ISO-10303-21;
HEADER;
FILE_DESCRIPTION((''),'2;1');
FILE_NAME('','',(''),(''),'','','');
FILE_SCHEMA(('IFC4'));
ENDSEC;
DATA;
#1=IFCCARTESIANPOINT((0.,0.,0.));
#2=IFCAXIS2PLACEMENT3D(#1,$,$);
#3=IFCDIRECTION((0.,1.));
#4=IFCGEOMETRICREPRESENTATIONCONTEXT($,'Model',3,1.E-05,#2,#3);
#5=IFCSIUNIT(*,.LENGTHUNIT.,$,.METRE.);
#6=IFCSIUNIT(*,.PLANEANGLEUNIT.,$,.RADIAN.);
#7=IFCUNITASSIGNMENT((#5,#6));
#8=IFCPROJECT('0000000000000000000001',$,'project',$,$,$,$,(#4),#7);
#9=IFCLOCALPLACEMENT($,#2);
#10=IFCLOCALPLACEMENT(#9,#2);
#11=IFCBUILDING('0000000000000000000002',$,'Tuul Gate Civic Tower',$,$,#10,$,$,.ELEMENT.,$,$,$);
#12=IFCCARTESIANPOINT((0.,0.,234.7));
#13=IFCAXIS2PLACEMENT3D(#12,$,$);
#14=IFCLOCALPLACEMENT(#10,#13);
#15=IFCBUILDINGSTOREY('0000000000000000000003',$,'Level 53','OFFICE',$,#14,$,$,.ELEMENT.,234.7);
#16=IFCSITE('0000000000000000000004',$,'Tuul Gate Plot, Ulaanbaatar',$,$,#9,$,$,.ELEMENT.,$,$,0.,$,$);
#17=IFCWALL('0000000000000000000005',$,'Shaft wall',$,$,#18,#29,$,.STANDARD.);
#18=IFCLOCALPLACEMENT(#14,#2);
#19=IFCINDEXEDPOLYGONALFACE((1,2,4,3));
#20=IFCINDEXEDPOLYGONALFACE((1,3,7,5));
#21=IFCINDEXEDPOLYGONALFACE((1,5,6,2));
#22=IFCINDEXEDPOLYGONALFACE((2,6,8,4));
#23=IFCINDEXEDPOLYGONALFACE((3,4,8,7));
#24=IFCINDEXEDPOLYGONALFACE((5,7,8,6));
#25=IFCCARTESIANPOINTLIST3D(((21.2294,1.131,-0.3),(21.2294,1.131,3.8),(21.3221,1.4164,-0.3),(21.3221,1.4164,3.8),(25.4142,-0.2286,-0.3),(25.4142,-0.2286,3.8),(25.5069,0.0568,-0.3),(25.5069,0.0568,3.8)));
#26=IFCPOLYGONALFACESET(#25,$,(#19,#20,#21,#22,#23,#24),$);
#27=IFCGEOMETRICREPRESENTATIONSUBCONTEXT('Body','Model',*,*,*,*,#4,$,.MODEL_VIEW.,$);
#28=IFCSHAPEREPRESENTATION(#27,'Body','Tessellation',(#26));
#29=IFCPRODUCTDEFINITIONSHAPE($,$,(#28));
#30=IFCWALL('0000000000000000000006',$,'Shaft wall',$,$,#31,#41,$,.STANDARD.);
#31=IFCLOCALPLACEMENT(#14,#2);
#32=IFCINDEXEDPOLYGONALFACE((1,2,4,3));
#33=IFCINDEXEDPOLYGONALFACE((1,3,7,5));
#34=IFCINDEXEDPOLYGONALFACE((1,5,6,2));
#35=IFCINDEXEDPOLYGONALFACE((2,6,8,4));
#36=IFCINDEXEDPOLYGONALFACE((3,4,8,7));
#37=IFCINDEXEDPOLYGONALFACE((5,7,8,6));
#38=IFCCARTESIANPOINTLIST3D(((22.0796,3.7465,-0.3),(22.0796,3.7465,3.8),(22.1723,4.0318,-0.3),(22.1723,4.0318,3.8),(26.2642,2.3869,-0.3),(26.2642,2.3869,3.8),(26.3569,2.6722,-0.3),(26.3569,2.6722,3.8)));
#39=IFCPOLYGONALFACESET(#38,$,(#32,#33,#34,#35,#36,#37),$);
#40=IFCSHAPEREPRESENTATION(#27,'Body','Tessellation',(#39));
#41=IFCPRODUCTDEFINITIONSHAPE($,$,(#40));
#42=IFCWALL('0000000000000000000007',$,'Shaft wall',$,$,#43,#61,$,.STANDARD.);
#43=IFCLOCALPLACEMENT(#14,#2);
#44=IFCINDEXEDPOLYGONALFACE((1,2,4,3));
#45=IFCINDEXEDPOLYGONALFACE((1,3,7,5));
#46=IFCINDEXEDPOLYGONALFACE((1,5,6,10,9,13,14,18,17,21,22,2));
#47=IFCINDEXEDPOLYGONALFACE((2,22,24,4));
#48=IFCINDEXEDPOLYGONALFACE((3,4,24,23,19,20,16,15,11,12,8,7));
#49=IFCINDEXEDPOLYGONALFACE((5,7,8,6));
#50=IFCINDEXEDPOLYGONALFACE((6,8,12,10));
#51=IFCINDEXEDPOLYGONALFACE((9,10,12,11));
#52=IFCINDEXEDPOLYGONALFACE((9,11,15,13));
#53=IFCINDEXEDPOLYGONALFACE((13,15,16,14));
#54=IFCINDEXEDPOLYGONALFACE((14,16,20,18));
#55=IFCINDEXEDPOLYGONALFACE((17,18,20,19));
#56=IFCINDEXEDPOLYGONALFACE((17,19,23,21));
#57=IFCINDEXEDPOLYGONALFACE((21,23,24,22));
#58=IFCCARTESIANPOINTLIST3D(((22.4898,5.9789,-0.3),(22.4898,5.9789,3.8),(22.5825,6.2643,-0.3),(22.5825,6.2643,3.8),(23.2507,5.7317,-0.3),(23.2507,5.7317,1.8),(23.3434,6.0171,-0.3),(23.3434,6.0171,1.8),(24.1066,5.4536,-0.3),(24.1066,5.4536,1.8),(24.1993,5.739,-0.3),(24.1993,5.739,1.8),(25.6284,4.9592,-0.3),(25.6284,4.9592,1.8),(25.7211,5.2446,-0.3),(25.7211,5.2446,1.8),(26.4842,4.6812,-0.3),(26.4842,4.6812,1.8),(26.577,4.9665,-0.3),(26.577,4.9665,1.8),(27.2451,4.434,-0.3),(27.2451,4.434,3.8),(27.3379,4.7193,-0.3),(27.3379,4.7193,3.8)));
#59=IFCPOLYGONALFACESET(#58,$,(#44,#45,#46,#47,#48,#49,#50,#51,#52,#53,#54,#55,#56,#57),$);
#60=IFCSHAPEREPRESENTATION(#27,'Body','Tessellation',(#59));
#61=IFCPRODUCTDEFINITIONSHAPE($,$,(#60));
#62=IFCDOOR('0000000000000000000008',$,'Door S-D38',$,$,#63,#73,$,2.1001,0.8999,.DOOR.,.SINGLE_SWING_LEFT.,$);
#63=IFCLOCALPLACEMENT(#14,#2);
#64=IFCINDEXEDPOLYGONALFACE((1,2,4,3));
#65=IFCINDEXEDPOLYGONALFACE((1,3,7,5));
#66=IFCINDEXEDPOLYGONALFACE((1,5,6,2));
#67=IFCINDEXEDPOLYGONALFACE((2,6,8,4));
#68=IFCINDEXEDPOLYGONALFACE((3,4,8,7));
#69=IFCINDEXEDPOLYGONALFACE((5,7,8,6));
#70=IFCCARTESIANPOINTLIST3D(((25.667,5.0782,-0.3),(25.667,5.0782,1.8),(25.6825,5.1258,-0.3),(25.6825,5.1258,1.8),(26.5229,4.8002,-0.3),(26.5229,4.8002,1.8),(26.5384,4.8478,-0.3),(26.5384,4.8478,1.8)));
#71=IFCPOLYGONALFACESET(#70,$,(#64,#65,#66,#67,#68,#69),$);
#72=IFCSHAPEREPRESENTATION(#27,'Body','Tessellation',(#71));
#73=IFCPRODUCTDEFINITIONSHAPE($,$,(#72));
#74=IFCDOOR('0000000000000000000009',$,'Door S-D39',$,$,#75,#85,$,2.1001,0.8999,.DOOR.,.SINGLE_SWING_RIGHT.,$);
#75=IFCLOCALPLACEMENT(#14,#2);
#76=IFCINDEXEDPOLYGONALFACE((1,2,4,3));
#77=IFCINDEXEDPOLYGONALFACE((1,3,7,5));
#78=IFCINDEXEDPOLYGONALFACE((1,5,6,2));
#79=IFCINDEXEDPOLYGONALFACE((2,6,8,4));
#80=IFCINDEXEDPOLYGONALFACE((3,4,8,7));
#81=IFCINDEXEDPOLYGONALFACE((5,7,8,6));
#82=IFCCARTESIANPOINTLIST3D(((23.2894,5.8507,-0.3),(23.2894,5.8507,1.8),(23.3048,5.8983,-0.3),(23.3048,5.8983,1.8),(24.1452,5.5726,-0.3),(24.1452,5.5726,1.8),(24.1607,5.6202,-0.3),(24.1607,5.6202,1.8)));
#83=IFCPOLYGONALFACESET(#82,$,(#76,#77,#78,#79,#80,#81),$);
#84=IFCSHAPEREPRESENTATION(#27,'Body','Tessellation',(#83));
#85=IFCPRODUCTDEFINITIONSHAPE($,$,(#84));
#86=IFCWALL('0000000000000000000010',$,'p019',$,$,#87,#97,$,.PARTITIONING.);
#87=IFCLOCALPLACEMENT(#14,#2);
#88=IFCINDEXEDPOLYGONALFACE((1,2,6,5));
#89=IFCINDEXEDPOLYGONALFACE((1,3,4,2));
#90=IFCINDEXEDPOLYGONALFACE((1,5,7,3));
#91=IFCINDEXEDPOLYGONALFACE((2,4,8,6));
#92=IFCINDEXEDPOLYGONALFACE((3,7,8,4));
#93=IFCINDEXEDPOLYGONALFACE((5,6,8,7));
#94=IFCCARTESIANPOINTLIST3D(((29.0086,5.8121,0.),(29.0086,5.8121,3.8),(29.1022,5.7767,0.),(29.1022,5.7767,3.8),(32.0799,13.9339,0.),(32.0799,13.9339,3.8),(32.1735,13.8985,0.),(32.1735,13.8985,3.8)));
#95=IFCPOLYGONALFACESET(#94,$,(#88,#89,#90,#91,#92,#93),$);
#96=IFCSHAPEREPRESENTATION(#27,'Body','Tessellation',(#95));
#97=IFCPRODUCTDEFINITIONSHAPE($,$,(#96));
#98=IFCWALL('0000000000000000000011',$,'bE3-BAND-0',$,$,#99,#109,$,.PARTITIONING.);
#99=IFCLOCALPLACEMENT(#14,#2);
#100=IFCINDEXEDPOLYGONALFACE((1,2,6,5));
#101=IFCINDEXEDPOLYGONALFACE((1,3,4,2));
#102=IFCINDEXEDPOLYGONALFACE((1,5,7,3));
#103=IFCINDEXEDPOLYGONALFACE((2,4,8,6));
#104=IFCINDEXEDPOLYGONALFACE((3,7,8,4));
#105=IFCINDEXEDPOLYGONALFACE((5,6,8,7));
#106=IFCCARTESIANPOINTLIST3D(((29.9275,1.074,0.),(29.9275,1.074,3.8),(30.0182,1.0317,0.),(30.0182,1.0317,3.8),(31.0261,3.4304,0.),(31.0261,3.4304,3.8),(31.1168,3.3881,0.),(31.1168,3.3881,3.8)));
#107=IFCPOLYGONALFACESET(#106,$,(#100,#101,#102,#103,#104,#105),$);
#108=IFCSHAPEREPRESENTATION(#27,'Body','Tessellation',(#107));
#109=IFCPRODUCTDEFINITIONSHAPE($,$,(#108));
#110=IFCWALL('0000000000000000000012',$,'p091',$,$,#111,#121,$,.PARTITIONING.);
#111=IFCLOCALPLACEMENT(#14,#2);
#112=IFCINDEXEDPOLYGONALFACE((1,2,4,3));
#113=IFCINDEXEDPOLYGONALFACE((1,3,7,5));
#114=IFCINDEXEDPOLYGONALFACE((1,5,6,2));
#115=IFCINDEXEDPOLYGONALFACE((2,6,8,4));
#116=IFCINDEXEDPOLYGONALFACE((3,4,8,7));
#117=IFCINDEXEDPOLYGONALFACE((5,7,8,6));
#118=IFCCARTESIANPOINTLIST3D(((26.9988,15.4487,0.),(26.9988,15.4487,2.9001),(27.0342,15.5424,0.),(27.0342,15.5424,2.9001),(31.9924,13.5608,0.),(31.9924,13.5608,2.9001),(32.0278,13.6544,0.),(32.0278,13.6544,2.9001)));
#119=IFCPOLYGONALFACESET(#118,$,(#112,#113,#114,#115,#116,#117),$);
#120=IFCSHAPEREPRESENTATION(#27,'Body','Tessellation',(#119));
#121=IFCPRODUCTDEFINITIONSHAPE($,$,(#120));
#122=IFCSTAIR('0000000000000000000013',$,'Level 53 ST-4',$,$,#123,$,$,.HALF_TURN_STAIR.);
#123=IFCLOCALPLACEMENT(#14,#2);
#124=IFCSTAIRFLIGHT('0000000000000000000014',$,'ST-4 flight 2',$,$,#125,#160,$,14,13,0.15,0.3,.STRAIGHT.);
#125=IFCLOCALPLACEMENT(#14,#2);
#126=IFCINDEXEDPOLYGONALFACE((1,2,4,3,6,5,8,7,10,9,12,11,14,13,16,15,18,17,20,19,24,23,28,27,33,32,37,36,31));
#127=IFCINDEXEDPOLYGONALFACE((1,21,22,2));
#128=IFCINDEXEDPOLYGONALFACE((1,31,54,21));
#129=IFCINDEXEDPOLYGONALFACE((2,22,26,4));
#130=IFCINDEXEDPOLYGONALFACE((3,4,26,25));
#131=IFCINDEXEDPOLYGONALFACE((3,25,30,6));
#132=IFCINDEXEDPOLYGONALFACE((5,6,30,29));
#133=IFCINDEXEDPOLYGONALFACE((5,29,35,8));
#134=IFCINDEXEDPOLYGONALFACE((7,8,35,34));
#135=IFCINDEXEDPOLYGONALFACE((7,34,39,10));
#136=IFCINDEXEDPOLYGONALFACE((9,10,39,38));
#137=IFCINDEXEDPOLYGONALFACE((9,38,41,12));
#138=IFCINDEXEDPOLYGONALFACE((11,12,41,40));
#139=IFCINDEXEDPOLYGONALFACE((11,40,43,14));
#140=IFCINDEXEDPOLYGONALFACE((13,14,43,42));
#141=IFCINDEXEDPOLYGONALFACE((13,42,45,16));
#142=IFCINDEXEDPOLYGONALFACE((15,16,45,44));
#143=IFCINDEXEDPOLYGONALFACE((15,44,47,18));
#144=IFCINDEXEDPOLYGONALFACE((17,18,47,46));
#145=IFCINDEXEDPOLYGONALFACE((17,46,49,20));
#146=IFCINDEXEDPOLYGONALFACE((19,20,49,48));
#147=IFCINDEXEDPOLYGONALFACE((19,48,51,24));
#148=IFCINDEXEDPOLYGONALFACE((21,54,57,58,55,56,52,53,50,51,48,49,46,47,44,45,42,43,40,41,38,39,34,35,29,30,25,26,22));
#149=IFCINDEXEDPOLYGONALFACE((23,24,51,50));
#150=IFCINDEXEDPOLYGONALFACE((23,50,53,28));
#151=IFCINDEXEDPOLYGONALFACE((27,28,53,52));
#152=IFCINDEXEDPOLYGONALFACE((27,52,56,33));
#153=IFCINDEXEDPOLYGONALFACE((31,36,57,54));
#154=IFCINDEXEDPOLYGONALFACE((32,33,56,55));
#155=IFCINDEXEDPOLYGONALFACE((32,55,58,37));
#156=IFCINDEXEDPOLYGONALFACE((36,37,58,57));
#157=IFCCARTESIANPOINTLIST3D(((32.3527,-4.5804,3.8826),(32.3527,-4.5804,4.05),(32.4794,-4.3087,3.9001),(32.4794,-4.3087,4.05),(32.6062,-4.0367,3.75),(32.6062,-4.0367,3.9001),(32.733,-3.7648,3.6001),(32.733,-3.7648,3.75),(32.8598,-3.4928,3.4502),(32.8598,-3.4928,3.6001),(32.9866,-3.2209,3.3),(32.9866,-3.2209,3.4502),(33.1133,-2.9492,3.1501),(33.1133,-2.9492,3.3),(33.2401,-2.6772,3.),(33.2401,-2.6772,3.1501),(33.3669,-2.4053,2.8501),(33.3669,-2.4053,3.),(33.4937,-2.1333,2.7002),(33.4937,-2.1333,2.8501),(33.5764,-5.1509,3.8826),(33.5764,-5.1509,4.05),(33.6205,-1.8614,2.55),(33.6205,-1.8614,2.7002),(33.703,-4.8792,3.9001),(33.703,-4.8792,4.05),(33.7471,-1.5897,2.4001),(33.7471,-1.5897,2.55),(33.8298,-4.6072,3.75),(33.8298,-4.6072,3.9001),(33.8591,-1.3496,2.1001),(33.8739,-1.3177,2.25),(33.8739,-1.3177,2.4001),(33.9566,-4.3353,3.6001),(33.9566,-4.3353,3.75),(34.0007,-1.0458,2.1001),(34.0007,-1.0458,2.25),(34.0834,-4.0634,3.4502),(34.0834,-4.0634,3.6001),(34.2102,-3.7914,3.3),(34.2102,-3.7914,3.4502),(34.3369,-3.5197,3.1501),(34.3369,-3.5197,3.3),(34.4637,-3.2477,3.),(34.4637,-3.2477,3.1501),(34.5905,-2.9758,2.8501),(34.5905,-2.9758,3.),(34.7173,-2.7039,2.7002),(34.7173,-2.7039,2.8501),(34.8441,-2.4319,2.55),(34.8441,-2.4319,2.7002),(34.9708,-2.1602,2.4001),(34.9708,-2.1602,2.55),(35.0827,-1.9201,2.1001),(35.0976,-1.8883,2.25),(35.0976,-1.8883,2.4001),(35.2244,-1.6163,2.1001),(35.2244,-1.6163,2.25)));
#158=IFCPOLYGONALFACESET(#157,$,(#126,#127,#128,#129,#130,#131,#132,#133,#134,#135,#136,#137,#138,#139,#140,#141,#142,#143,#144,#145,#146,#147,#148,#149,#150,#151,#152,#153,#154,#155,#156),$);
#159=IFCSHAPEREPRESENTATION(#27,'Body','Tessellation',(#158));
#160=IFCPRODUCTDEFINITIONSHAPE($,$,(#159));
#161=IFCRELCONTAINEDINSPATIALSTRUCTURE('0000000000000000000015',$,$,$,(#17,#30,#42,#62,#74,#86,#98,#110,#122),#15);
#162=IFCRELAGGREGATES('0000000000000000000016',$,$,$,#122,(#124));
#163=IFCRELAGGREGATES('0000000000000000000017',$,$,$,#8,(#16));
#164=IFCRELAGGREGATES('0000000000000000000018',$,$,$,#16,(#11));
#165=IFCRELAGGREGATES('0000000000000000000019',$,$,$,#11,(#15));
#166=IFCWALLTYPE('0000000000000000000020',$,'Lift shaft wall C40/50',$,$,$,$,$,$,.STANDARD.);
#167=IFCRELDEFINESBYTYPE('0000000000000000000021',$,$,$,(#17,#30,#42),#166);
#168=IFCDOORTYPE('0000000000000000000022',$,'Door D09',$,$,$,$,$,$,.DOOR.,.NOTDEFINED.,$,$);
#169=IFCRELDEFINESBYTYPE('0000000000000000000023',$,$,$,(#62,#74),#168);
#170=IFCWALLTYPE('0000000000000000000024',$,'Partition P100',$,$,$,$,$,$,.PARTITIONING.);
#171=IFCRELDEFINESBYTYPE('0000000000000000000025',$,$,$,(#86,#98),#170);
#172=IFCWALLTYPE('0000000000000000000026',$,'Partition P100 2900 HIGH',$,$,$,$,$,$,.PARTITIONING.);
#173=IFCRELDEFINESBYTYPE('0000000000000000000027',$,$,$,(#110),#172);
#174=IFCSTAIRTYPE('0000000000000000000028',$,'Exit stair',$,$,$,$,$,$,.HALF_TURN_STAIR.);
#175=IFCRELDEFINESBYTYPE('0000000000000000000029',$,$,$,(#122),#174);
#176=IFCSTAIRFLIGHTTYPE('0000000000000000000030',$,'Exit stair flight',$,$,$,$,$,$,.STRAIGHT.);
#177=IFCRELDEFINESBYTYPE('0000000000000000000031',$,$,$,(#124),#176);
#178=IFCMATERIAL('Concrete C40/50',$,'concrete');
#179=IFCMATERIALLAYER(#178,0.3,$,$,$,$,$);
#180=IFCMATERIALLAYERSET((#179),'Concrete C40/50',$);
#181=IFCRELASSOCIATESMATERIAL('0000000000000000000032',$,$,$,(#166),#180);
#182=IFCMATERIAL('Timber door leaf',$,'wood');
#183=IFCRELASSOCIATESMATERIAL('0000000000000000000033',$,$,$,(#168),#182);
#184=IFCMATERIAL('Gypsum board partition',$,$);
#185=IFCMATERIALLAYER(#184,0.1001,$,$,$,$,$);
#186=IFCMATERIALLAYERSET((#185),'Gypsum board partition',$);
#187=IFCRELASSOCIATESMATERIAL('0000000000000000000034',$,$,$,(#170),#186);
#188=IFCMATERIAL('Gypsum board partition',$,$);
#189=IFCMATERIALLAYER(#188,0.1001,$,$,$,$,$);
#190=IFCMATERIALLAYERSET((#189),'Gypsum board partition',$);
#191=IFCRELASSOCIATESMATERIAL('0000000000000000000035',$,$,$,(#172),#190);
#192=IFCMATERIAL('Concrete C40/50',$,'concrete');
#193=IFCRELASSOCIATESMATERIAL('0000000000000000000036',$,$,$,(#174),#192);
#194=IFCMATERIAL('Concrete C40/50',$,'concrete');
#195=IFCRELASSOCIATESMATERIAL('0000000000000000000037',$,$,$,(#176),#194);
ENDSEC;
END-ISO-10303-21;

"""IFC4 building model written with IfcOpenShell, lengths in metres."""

from ifc_helpers import new_model, si_unit, direction, frame, frame_2d, origin, place, context, subcontext, project, spatial, polyline, rectangle, outline, extrude, material, layer, layer_set, type_object, element, fill, aggregate, save


model = new_model("IFC4")

# Units and contexts
model_context = context("Model", 3, precision=1e-05, world=origin(), true_north=direction((0.0, 1.0)))
body_context = subcontext(model_context, "Body", "Model", "MODEL_VIEW")
ifc_project = project(units=[si_unit("LENGTHUNIT", "METRE"), si_unit("PLANEANGLEUNIT", "RADIAN")], contexts=[model_context])

# Site, building, storey
site_placement = place(None, origin())
site = spatial("IfcSite", under=ifc_project, at=site_placement, Name="Tuul Gate Plot, Ulaanbaatar", CompositionType="ELEMENT", RefElevation=0.0)
building_placement = place(site_placement, origin())
building = spatial("IfcBuilding", under=site, at=building_placement, Name="Tuul Gate Civic Tower", CompositionType="ELEMENT")
storey_placement = place(building_placement, frame((0.0, 0.0, 234.7)))
storey = spatial("IfcBuildingStorey", under=building, at=storey_placement, Name="Level 53", Description="OFFICE", CompositionType="ELEMENT", Elevation=234.7)

# Walls
ifc_material_1 = material(Name="Concrete C40/50", Category="concrete")
ifc_layer_1 = layer(ifc_material_1, 0.3)
ifc_layer_set_1 = layer_set([ifc_layer_1], Name="Concrete C40/50")
wall_type_1 = type_object("IfcWallType", Name="Lift shaft wall C40/50", PredefinedType="STANDARD", material=ifc_layer_set_1)
wall_1_placement = place(storey_placement, frame((25.4607, -0.0859, -0.3), z_axis=(0.0, 0.0, 1.0), x_axis=(-0.951064, 0.308994, 0.0)))
element("IfcWall", 1, at=wall_1_placement, inside=storey, type_object=wall_type_1, Name="Shaft wall", PredefinedType="STANDARD", context=body_context, shape_type="SweptSolid", body=[
    extrude(rectangle(XDim=4.4001, YDim=0.3, at=frame_2d((2.2002, 0.0))), origin(), (0.0, 0.0, 1.0), 4.1001),
])
wall_2_placement = place(storey_placement, frame((26.3105, 2.5295, -0.3), z_axis=(0.0, 0.0, 1.0), x_axis=(-0.951059, 0.309011, 0.0)))
element("IfcWall", 2, at=wall_2_placement, inside=storey, type_object=wall_type_1, Name="Shaft wall", PredefinedType="STANDARD", context=body_context, shape_type="SweptSolid", body=[
    extrude(rectangle(XDim=4.3999, YDim=0.3, at=frame_2d((2.2, 0.0))), origin(), (0.0, 0.0, 1.0), 4.1001),
])

# Wall, openings, doors
wall_3_placement = place(storey_placement, frame((27.2915, 4.5767, -0.3), z_axis=(0.0, 0.0, 1.0), x_axis=(-0.951068, 0.308982, 0.0)))
wall_3 = element("IfcWall", 3, at=wall_3_placement, inside=storey, type_object=wall_type_1, Name="Shaft wall", PredefinedType="STANDARD", context=body_context, shape_type="SweptSolid", body=[
    extrude(rectangle(XDim=5.0, YDim=0.3, at=frame_2d((2.5, 0.0))), origin(), (0.0, 0.0, 1.0), 4.1001),
])
opening_1_placement = place(wall_3_placement, frame((0.8, 0.0, 0.0)))
opening_1 = element("IfcOpeningElement", 4, at=opening_1_placement, cuts=wall_3, PredefinedType="OPENING", context=body_context, shape_type="SweptSolid", body=[
    extrude(rectangle(XDim=0.8999, YDim=2.1001, at=frame_2d((0.45, 1.05))), frame((0.0, 0.1602, 0.0), z_axis=(0.0, -1.0, 0.0), x_axis=(1.0, 0.0, 0.0)), (0.0, 0.0, 1.0), 0.3201),
])
opening_2_placement = place(wall_3_placement, frame((3.3, 0.0, 0.0)))
opening_2 = element("IfcOpeningElement", 5, at=opening_2_placement, cuts=wall_3, PredefinedType="OPENING", context=body_context, shape_type="SweptSolid", body=[
    extrude(rectangle(XDim=0.8999, YDim=2.1001, at=frame_2d((0.45, 1.05))), frame((0.0, 0.1602, 0.0), z_axis=(0.0, -1.0, 0.0), x_axis=(1.0, 0.0, 0.0)), (0.0, 0.0, 1.0), 0.3201),
])
ifc_material_2 = material(Name="Timber door leaf", Category="wood")
door_type_1 = type_object("IfcDoorType", Name="Door D09", OperationType="NOTDEFINED", PredefinedType="DOOR", material=ifc_material_2)
door_1_placement = place(opening_1_placement, origin())
door_1 = element("IfcDoor", 6, at=door_1_placement, inside=storey, type_object=door_type_1, Name="Door S-D38", OperationType="SINGLE_SWING_LEFT", OverallHeight=2.1001, OverallWidth=0.8999, PredefinedType="DOOR", context=body_context, shape_type="SweptSolid", body=[
    extrude(rectangle(XDim=0.8999, YDim=2.1001, at=frame_2d((0.45, 1.05))), frame((0.0, 0.0249, 0.0), z_axis=(0.0, -1.0, 0.0), x_axis=(1.0, 0.0, 0.0)), (0.0, 0.0, 1.0), 0.05),
])
fill(opening_1, door_1)
door_2_placement = place(opening_2_placement, origin())
door_2 = element("IfcDoor", 7, at=door_2_placement, inside=storey, type_object=door_type_1, Name="Door S-D39", OperationType="SINGLE_SWING_RIGHT", OverallHeight=2.1001, OverallWidth=0.8999, PredefinedType="DOOR", context=body_context, shape_type="SweptSolid", body=[
    extrude(rectangle(XDim=0.8999, YDim=2.1001, at=frame_2d((0.45, 1.05))), frame((0.0, 0.0249, 0.0), z_axis=(0.0, -1.0, 0.0), x_axis=(1.0, 0.0, 0.0)), (0.0, 0.0, 1.0), 0.05),
])
fill(opening_2, door_2)

# Walls
ifc_material_3 = material(Name="Gypsum board partition")
ifc_layer_2 = layer(ifc_material_3, 0.1001)
ifc_layer_set_2 = layer_set([ifc_layer_2], Name="Gypsum board partition")
wall_type_2 = type_object("IfcWallType", Name="Partition P100", PredefinedType="PARTITIONING", material=ifc_layer_set_2)
wall_4_placement = place(storey_placement, frame((29.0554, 5.7944, 0.0), z_axis=(0.0, 0.0, 1.0), x_axis=(0.353707, 0.935356, 0.0)))
element("IfcWall", 8, at=wall_4_placement, inside=storey, type_object=wall_type_2, Name="p019", PredefinedType="PARTITIONING", context=body_context, shape_type="SweptSolid", body=[
    extrude(rectangle(XDim=8.6831, YDim=0.1001, at=frame_2d((4.3416, 0.0))), origin(), (0.0, 0.0, 1.0), 3.8),
])
wall_5_placement = place(storey_placement, frame((29.9729, 1.053, 0.0), z_axis=(0.0, 0.0, 1.0), x_axis=(0.422556, 0.906337, 0.0)))
element("IfcWall", 9, at=wall_5_placement, inside=storey, type_object=wall_type_2, Name="bE3-BAND-0", PredefinedType="PARTITIONING", context=body_context, shape_type="SweptSolid", body=[
    extrude(rectangle(XDim=2.5999, YDim=0.1001, at=frame_2d((1.2998, 0.0))), origin(), (0.0, 0.0, 1.0), 3.8),
])
ifc_material_4 = material(Name="Gypsum board partition")
ifc_layer_3 = layer(ifc_material_4, 0.1001)
ifc_layer_set_3 = layer_set([ifc_layer_3], Name="Gypsum board partition")
wall_type_3 = type_object("IfcWallType", Name="Partition P100 2900 HIGH", PredefinedType="PARTITIONING", material=ifc_layer_set_3)
wall_6_placement = place(storey_placement, frame((27.0164, 15.4956, 0.0), z_axis=(0.0, 0.0, 1.0), x_axis=(0.935382, -0.353638, 0.0)))
element("IfcWall", 10, at=wall_6_placement, inside=storey, type_object=wall_type_3, Name="p091", PredefinedType="PARTITIONING", context=body_context, shape_type="SweptSolid", body=[
    extrude(rectangle(XDim=5.3386, YDim=0.1001, at=frame_2d((2.6694, 0.0))), origin(), (0.0, 0.0, 1.0), 2.9001),
])

# Stair, stair flight
ifc_material_5 = material(Name="Concrete C40/50", Category="concrete")
stair_type = type_object("IfcStairType", Name="Exit stair", PredefinedType="HALF_TURN_STAIR", material=ifc_material_5)
stair_placement = place(storey_placement, origin())
stair = element("IfcStair", 11, at=stair_placement, inside=storey, type_object=stair_type, Name="Level 53 ST-4", PredefinedType="HALF_TURN_STAIR")
ifc_material_6 = material(Name="Concrete C40/50", Category="concrete")
stair_flight_type = type_object("IfcStairFlightType", Name="Exit stair flight", PredefinedType="STRAIGHT", material=ifc_material_6)
stair_flight_placement = place(storey_placement, frame((34.6125, -1.3311, 2.1001), z_axis=(0.0, 0.0, 1.0), x_axis=(-0.422576, -0.906327, 0.0)))
stair_flight = element("IfcStairFlight", 12, at=stair_flight_placement, type_object=stair_flight_type, Name="ST-4 flight 2", NumberOfRisers=14, NumberOfTreads=13, PredefinedType="STRAIGHT", RiserHeight=0.15, TreadLength=0.3, context=body_context, shape_type="SweptSolid", body=[
    extrude(outline(polyline([(0.0, 0.0), (0.0, 0.1499), (0.3, 0.1499), (0.3, 0.3), (0.6001, 0.3), (0.6001, 0.45), (0.8999, 0.45), (0.8999, 0.6001), (1.2, 0.6001), (1.2, 0.75), (1.5, 0.75), (1.5, 0.8999), (1.8, 0.8999), (1.8, 1.05), (2.1001, 1.05), (2.1001, 1.2), (2.3999, 1.2), (2.3999, 1.3501), (2.7, 1.3501), (2.7, 1.5), (3.0, 1.5), (3.0, 1.6499), (3.3, 1.6499), (3.3, 1.8), (3.6001, 1.8), (3.6001, 1.95), (3.8999, 1.95), (3.8999, 2.1001), (3.8999, 1.7825), (0.3352, 0.0), (0.0, 0.0)])), frame((0.0, 0.675, 0.0), z_axis=(0.0, -1.0, 0.0), x_axis=(1.0, 0.0, 0.0)), (0.0, 0.0, 1.0), 1.3501),
])
aggregate(stair, [stair_flight])

save(model, "model.ifc")
